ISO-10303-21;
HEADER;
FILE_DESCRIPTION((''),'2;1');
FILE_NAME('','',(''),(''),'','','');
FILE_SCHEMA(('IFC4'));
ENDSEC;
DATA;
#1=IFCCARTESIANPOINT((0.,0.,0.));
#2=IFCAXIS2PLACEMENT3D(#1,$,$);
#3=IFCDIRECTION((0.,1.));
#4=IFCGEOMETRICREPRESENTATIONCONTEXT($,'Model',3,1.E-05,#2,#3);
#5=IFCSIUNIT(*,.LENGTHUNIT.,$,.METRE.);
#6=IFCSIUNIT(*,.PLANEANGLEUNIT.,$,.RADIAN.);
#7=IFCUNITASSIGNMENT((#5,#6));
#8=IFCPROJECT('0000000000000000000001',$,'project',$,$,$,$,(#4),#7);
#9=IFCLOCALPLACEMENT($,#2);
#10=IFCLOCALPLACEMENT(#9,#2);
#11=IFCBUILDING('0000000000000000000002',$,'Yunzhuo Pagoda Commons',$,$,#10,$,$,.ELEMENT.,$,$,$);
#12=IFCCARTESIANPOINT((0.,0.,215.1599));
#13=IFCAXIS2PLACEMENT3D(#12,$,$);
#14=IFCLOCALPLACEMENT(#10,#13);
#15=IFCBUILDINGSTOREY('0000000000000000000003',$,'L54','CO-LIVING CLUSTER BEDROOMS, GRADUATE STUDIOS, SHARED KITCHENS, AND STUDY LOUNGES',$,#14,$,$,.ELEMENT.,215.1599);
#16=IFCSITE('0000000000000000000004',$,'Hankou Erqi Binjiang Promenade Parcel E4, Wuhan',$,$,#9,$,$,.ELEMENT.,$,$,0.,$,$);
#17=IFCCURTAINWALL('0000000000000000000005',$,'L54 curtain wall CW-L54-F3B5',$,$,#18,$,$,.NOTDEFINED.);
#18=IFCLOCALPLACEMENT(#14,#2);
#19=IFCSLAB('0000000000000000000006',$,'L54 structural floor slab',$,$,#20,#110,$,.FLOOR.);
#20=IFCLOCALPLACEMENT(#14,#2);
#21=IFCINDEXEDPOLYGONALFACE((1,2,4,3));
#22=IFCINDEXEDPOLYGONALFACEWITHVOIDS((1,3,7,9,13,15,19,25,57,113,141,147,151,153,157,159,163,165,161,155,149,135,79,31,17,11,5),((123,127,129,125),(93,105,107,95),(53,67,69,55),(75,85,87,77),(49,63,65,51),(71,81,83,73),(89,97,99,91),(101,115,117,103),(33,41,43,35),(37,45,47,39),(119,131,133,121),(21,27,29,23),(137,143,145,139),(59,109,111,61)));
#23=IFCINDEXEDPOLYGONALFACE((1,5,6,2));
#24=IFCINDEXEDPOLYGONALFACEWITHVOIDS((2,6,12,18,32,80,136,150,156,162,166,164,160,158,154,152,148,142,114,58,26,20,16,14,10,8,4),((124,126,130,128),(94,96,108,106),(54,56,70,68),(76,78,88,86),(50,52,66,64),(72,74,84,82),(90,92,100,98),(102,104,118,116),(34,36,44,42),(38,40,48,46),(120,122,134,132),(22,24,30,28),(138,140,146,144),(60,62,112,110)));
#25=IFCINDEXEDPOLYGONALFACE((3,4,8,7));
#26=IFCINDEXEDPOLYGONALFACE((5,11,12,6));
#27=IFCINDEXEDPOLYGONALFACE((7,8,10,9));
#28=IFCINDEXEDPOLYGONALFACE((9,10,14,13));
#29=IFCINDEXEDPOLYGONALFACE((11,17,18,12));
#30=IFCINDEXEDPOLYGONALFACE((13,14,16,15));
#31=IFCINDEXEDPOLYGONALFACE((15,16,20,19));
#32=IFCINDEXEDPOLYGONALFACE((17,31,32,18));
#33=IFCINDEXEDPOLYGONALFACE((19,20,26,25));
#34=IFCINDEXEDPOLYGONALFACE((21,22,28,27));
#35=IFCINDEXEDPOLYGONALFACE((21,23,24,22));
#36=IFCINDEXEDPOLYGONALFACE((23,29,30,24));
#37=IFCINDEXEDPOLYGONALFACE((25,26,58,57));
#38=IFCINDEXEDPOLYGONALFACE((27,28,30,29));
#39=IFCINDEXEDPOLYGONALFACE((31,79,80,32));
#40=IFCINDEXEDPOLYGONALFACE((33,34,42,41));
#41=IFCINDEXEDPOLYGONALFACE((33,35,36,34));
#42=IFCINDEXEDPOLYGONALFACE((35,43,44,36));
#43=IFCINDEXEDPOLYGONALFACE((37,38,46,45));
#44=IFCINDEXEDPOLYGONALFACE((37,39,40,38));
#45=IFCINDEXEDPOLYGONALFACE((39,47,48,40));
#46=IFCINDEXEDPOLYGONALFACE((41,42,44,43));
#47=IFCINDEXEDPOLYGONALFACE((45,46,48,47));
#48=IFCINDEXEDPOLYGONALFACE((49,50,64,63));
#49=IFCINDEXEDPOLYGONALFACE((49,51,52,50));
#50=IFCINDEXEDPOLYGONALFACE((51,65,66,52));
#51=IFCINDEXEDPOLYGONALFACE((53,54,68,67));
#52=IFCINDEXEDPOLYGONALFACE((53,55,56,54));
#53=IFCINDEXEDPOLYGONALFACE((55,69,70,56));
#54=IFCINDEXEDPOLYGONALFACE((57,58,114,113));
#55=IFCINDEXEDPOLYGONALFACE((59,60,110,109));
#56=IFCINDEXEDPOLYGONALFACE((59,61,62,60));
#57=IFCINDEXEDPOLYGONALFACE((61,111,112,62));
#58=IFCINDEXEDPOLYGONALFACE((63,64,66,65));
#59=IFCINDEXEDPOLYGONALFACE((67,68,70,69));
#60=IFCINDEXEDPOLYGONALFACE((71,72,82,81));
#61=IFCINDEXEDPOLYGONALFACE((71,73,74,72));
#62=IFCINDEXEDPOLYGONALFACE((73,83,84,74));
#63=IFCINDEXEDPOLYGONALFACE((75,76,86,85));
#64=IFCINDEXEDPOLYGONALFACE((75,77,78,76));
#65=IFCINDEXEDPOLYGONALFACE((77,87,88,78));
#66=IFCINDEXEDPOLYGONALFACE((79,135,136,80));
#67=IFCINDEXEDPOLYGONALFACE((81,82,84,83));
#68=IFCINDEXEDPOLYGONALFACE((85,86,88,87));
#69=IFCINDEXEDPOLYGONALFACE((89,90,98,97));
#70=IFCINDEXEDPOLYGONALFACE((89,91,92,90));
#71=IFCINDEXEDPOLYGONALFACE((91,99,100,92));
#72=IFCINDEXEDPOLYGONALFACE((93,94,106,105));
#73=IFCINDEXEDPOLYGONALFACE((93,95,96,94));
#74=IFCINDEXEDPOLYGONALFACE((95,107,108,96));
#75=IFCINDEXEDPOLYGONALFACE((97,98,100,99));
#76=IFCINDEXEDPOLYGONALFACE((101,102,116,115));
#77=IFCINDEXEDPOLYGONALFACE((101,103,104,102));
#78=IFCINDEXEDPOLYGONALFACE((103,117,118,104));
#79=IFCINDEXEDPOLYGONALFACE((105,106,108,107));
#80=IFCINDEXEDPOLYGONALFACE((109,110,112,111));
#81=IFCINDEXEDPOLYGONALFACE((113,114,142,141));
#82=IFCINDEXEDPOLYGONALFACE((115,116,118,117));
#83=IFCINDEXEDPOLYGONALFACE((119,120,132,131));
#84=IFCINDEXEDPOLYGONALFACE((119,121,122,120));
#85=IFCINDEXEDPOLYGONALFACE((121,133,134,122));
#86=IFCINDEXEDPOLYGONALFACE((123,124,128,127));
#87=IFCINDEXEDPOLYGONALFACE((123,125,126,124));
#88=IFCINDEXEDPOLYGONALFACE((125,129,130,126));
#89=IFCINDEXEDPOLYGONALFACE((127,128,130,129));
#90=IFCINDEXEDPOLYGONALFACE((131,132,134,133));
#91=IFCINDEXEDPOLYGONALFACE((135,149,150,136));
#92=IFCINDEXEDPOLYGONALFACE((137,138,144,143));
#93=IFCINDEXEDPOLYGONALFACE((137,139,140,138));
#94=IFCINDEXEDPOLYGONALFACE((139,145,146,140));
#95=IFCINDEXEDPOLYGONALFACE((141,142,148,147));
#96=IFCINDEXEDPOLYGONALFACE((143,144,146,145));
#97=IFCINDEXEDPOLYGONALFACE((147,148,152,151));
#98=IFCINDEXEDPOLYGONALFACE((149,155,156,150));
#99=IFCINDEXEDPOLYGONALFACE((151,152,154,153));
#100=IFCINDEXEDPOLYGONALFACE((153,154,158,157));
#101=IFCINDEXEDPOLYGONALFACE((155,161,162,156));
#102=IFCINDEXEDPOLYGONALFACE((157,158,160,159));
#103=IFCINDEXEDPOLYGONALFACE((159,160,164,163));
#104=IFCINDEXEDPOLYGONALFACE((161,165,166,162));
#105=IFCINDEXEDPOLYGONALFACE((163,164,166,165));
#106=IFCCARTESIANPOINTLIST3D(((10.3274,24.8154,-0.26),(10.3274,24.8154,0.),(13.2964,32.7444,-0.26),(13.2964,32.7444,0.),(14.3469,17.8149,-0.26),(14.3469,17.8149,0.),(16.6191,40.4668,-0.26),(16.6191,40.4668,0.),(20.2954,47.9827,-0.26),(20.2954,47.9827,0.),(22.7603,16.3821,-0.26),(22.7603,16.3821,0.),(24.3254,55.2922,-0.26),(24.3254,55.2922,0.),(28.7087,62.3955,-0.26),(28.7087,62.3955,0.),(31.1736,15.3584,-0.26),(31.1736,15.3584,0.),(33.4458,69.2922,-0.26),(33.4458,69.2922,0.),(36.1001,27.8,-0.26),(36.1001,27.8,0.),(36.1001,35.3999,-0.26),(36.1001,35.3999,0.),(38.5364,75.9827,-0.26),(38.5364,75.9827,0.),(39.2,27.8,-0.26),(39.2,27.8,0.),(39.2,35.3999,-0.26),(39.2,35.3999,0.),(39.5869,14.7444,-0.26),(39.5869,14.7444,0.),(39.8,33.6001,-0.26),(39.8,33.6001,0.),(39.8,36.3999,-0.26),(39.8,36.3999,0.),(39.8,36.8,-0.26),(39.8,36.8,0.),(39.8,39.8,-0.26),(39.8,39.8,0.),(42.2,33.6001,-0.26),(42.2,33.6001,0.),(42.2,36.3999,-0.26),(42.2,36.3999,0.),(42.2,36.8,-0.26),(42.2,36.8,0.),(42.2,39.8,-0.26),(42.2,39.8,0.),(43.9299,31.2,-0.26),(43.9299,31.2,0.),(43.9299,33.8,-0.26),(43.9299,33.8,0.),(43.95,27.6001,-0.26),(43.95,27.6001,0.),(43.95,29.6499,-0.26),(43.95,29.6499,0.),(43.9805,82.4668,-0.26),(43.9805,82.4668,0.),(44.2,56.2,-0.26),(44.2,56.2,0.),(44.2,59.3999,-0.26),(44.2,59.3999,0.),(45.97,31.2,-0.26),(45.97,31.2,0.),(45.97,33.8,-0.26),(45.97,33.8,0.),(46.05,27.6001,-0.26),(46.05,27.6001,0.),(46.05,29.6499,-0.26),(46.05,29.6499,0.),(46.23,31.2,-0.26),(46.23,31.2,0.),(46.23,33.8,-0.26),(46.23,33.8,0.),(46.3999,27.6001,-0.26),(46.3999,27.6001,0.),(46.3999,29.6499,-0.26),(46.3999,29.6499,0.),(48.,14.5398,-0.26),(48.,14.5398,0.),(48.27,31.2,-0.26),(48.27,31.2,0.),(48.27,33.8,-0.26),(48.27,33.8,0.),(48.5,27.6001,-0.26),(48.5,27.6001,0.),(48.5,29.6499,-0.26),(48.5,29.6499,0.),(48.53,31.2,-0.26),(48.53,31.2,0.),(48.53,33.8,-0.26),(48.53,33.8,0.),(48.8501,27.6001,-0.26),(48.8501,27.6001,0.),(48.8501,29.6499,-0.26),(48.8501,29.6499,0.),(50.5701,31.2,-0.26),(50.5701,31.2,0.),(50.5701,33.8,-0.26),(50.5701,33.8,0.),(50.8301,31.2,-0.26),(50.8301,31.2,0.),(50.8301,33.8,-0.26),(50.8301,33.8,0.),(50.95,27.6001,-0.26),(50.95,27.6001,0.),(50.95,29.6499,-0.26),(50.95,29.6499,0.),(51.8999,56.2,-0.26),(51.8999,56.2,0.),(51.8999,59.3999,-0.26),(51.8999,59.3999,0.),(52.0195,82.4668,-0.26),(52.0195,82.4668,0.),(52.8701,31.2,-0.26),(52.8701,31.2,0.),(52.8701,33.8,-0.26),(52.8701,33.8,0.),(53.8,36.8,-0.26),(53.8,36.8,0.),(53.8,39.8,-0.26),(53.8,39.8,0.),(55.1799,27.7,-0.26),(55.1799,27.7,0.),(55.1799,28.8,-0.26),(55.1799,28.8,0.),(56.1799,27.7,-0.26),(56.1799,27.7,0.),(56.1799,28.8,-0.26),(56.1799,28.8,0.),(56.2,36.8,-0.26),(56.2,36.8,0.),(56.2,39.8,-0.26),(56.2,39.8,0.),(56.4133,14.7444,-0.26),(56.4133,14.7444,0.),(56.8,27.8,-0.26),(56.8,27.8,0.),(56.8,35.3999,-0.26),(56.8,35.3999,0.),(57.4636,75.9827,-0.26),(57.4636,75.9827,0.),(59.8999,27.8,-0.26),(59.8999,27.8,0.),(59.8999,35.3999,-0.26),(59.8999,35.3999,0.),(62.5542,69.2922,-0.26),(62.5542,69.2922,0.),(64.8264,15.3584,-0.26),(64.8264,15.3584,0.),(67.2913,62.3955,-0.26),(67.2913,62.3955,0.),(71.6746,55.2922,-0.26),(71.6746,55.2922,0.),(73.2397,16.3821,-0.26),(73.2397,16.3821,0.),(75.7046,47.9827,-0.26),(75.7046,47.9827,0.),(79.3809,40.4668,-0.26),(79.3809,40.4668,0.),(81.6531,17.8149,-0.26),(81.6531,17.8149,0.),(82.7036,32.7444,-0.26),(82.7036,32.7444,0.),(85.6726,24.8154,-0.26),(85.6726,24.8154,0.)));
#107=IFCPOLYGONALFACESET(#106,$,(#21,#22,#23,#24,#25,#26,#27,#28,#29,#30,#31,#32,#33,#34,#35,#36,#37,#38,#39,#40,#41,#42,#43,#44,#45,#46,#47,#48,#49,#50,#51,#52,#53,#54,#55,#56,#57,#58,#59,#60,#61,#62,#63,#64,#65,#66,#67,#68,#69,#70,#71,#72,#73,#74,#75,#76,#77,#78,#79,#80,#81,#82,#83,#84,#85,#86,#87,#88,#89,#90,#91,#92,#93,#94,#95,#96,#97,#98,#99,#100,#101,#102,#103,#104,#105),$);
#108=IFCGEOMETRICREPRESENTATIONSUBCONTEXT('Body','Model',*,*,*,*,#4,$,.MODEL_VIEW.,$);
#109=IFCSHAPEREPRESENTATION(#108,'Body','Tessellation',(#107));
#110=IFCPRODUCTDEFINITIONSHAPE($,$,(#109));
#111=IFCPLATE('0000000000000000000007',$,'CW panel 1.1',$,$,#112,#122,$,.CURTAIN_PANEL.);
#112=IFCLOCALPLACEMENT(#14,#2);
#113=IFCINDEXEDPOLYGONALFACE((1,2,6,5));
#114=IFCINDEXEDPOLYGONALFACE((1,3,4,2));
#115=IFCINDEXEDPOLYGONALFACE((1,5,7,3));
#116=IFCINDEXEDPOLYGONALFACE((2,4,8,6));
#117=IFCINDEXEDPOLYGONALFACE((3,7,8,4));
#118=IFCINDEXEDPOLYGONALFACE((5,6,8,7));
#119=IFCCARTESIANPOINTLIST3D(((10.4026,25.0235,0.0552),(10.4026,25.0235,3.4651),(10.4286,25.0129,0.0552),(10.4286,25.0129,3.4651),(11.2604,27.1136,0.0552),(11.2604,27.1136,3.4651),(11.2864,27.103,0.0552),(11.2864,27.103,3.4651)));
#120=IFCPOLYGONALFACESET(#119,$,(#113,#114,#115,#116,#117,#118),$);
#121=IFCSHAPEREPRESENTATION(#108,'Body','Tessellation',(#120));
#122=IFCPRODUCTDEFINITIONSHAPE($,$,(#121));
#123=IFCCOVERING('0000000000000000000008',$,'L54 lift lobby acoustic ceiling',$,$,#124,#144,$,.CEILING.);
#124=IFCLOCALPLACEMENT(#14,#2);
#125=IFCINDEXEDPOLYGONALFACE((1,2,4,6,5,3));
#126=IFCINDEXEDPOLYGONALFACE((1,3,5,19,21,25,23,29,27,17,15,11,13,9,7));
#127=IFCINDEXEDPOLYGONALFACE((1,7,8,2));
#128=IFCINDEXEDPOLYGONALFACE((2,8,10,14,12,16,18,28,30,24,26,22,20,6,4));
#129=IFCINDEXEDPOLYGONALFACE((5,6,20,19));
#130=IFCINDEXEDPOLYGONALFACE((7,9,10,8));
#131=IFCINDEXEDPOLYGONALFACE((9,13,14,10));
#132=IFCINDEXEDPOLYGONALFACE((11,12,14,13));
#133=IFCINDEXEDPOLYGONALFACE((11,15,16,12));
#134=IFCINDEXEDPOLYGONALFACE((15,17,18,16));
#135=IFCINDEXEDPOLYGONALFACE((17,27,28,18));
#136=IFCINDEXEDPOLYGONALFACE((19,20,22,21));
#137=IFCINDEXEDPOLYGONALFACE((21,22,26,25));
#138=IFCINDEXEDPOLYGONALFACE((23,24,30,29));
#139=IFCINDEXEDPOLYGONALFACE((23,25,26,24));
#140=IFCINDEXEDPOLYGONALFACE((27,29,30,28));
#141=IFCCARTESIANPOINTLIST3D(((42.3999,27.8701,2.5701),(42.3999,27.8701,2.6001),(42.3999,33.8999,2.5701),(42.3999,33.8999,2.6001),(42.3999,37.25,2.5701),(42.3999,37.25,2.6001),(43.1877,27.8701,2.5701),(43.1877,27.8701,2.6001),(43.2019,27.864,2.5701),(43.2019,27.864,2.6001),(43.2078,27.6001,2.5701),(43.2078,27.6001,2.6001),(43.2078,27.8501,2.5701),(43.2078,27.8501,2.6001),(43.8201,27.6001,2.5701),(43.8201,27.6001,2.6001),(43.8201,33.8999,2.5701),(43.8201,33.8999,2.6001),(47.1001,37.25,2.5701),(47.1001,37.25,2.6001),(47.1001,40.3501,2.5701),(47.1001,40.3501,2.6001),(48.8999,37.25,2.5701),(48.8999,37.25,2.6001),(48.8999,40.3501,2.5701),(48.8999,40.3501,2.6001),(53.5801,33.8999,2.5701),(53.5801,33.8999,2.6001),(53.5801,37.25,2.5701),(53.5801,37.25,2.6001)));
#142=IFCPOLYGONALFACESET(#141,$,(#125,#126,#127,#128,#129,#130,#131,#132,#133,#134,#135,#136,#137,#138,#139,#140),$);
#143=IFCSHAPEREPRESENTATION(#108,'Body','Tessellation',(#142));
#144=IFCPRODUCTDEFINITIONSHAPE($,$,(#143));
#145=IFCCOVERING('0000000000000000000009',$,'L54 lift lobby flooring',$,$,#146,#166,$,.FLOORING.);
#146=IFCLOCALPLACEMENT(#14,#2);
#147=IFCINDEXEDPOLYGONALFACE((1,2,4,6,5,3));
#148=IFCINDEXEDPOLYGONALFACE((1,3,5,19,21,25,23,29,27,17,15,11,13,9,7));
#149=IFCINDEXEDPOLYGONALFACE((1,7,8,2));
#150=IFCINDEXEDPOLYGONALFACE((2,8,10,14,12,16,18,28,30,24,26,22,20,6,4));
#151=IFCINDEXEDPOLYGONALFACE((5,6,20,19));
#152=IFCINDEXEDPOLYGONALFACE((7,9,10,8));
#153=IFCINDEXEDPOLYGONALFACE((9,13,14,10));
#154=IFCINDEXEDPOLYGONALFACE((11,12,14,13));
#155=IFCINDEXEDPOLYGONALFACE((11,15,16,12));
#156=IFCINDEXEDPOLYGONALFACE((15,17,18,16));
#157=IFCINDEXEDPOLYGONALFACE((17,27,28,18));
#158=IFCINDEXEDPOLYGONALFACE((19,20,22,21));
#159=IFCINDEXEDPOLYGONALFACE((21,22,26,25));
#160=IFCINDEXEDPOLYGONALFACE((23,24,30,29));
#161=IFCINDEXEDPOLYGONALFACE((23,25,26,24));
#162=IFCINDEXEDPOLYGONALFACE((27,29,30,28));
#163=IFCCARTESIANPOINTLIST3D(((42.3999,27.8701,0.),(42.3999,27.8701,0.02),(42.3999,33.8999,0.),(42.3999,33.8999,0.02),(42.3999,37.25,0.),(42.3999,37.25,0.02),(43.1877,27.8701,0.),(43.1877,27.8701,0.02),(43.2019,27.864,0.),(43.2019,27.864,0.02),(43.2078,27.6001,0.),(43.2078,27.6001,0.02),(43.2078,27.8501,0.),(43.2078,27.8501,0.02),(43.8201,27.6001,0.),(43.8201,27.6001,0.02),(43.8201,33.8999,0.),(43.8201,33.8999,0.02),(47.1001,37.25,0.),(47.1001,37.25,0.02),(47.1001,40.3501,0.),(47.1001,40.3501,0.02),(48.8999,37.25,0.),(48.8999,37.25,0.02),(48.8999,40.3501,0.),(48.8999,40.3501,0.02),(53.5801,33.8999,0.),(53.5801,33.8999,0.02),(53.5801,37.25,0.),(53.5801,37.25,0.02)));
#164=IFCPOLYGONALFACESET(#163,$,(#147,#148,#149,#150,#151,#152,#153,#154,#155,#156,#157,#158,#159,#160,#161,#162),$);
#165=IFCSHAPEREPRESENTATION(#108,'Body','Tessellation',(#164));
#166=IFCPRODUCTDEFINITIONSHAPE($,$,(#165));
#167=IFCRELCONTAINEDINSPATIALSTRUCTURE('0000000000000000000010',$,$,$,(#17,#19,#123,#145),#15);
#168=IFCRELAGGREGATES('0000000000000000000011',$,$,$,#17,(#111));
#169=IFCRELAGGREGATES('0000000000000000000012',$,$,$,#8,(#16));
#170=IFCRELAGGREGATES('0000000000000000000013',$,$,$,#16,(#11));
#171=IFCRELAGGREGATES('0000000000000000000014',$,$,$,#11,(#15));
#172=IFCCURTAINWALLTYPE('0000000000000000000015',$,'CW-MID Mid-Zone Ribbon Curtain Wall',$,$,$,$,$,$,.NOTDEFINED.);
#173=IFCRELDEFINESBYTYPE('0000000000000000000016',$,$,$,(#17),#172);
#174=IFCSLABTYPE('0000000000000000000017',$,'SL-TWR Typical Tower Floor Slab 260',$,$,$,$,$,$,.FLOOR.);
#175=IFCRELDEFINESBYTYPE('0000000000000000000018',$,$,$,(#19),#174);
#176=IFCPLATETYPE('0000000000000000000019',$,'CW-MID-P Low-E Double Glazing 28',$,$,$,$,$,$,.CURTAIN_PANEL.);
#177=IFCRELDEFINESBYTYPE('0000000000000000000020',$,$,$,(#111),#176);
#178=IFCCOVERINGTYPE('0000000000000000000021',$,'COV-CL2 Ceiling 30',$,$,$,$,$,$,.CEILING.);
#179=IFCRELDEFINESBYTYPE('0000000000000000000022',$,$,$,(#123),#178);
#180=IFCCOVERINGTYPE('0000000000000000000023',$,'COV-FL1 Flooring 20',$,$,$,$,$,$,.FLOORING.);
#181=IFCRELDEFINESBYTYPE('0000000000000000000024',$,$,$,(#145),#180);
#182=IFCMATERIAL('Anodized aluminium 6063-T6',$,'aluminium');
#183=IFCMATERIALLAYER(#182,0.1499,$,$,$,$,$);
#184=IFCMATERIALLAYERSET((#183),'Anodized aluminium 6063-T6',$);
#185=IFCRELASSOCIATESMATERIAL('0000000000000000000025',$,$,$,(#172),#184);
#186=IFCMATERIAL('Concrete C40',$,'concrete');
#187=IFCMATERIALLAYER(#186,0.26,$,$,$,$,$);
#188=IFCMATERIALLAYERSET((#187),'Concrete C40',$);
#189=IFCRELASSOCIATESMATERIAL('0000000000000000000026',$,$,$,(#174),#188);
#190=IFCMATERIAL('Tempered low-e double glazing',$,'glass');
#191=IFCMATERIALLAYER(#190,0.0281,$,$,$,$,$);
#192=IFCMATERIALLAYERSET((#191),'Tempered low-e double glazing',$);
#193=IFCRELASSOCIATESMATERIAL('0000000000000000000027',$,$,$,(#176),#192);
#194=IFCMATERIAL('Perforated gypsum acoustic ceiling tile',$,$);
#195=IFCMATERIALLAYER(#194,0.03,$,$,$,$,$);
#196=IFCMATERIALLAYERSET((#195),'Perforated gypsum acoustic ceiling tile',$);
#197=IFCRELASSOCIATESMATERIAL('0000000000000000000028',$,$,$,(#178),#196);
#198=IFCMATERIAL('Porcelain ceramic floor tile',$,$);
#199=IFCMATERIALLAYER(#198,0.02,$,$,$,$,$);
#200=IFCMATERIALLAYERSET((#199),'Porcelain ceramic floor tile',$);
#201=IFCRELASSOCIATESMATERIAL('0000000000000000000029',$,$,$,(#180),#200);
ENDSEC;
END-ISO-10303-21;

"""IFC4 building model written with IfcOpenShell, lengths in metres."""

from ifc_helpers import new_model, si_unit, direction, frame, origin, origin_2d, place, context, subcontext, project, spatial, polyline, rectangle, outline, extrude, source, transform, mapped, material, layer, layer_set, type_object, element, aggregate, save


model = new_model("IFC4")

# Units and contexts
model_context = context("Model", 3, precision=1e-05, world=origin(), true_north=direction((0.0, 1.0)))
body_context = subcontext(model_context, "Body", "Model", "MODEL_VIEW")
ifc_project = project(units=[si_unit("LENGTHUNIT", "METRE"), si_unit("PLANEANGLEUNIT", "RADIAN")], contexts=[model_context])

# Site, building, storey
site_placement = place(None, origin())
site = spatial("IfcSite", under=ifc_project, at=site_placement, Name="Hankou Erqi Binjiang Promenade Parcel E4, Wuhan", CompositionType="ELEMENT", RefElevation=0.0)
building_placement = place(site_placement, origin())
building = spatial("IfcBuilding", under=site, at=building_placement, Name="Yunzhuo Pagoda Commons", CompositionType="ELEMENT")
storey_placement = place(building_placement, frame((0.0, 0.0, 215.1599)))
storey = spatial("IfcBuildingStorey", under=building, at=storey_placement, Name="L54", Description="CO-LIVING CLUSTER BEDROOMS, GRADUATE STUDIOS, SHARED KITCHENS, AND STUDY LOUNGES", CompositionType="ELEMENT", Elevation=215.1599)

# Curtain wall
ifc_material_1 = material(Name="Anodized aluminium 6063-T6", Category="aluminium")
ifc_layer_1 = layer(ifc_material_1, 0.1499)
ifc_layer_set_1 = layer_set([ifc_layer_1], Name="Anodized aluminium 6063-T6")
curtain_wall_type = type_object("IfcCurtainWallType", Name="CW-MID Mid-Zone Ribbon Curtain Wall", PredefinedType="NOTDEFINED", material=ifc_layer_set_1)
curtain_wall_1_placement = place(storey_placement, origin())
curtain_wall_1 = element("IfcCurtainWall", 1, at=curtain_wall_1_placement, inside=storey, type_object=curtain_wall_type, Name="L54 curtain wall CW-L54-F3B5", PredefinedType="NOTDEFINED")

# Shared definitions
ifc_material_2 = material(Name="Concrete C40", Category="concrete")

# Slab
ifc_layer_2 = layer(ifc_material_2, 0.26)
ifc_layer_set_2 = layer_set([ifc_layer_2], Name="Concrete C40")
slab_type_1 = type_object("IfcSlabType", Name="SL-TWR Typical Tower Floor Slab 260", PredefinedType="FLOOR", material=ifc_layer_set_2)
slab_1_placement = place(storey_placement, frame((0.0, 0.0, -0.26)))
element("IfcSlab", 2, at=slab_1_placement, inside=storey, type_object=slab_type_1, Name="L54 structural floor slab", PredefinedType="FLOOR", context=body_context, shape_type="SweptSolid", body=[
    extrude(outline(polyline([(13.2964, 32.7444), (16.6191, 40.4668), (20.2954, 47.9827), (24.3254, 55.2922), (28.7087, 62.3955), (33.4458, 69.2922), (38.5364, 75.9827), (43.9805, 82.4668), (52.0195, 82.4668), (57.4636, 75.9827), (62.5542, 69.2922), (67.2913, 62.3955), (71.6746, 55.2922), (75.7046, 47.9827), (79.3809, 40.4668), (82.7036, 32.7444), (85.6726, 24.8154), (81.6531, 17.8149), (73.2397, 16.3821), (64.8264, 15.3584), (56.4133, 14.7444), (48.0, 14.5398), (39.5869, 14.7444), (31.1736, 15.3584), (22.7603, 16.3821), (14.3469, 17.8149), (10.3274, 24.8154), (13.2964, 32.7444)]), holes=[polyline([(46.05, 29.6499), (43.95, 29.6499), (43.95, 27.6001), (46.05, 27.6001), (46.05, 29.6499)]), polyline([(48.5, 27.6001), (48.5, 29.6499), (46.3999, 29.6499), (46.3999, 27.6001), (48.5, 27.6001)]), polyline([(36.1001, 27.8), (39.2, 27.8), (39.2, 35.3999), (36.1001, 35.3999), (36.1001, 27.8)]), polyline([(45.97, 31.2), (45.97, 33.8), (43.9299, 33.8), (43.9299, 31.2), (45.97, 31.2)]), polyline([(48.27, 31.2), (48.27, 33.8), (46.23, 33.8), (46.23, 31.2), (48.27, 31.2)]), polyline([(42.2, 33.6001), (42.2, 36.3999), (39.8, 36.3999), (39.8, 33.6001), (42.2, 33.6001)]), polyline([(42.2, 36.8), (42.2, 39.8), (39.8, 39.8), (39.8, 36.8), (42.2, 36.8)]), polyline([(56.1799, 28.8), (55.1799, 28.8), (55.1799, 27.7), (56.1799, 27.7), (56.1799, 28.8)]), polyline([(50.95, 27.6001), (50.95, 29.6499), (48.8501, 29.6499), (48.8501, 27.6001), (50.95, 27.6001)]), polyline([(56.8, 27.8), (59.8999, 27.8), (59.8999, 35.3999), (56.8, 35.3999), (56.8, 27.8)]), polyline([(50.5701, 31.2), (50.5701, 33.8), (48.53, 33.8), (48.53, 31.2), (50.5701, 31.2)]), polyline([(52.8701, 31.2), (52.8701, 33.8), (50.8301, 33.8), (50.8301, 31.2), (52.8701, 31.2)]), polyline([(56.2, 36.8), (56.2, 39.8), (53.8, 39.8), (53.8, 36.8), (56.2, 36.8)]), polyline([(51.8999, 56.2), (51.8999, 59.3999), (44.2, 59.3999), (44.2, 56.2), (51.8999, 56.2)])]), origin(), (0.0, 0.0, 1.0), 0.26),
])

# Plate
ifc_material_3 = material(Name="Tempered low-e double glazing", Category="glass")
ifc_layer_3 = layer(ifc_material_3, 0.0281)
ifc_layer_set_3 = layer_set([ifc_layer_3], Name="Tempered low-e double glazing")
plate_type = type_object("IfcPlateType", Name="CW-MID-P Low-E Double Glazing 28", PredefinedType="CURTAIN_PANEL", material=ifc_layer_set_3)
shared_shape_1 = source(origin(), body_context, "Body", "SweptSolid", [
    extrude(rectangle(XDim=2.2593, YDim=0.0281, at=origin_2d()), origin(), (0.0, 0.0, 1.0), 3.4099),
])
plate_placement = place(storey_placement, frame((10.8445, 26.0632, 0.0552), z_axis=(0.0, 0.0, 1.0), x_axis=(-0.37968, -0.925118, 0.0)))
plate = element("IfcPlate", 3, at=plate_placement, type_object=plate_type, Name="CW panel 1.1", PredefinedType="CURTAIN_PANEL", context=body_context, shape_type="MappedRepresentation", body=[
    mapped(shared_shape_1, transform((0.0, 0.0, 0.0), scale=1.0)),
])
aggregate(curtain_wall_1, [plate])

# Coverings
ifc_material_4 = material(Name="Perforated gypsum acoustic ceiling tile")
ifc_layer_4 = layer(ifc_material_4, 0.03)
ifc_layer_set_4 = layer_set([ifc_layer_4], Name="Perforated gypsum acoustic ceiling tile")
covering_type_1 = type_object("IfcCoveringType", Name="COV-CL2 Ceiling 30", PredefinedType="CEILING", material=ifc_layer_set_4)
covering_1_placement = place(storey_placement, frame((0.0, 0.0, 2.5701)))
element("IfcCovering", 4, at=covering_1_placement, inside=storey, type_object=covering_type_1, Name="L54 lift lobby acoustic ceiling", PredefinedType="CEILING", context=body_context, shape_type="SweptSolid", body=[
    extrude(outline(polyline([(43.2078, 27.8501), (43.2019, 27.864), (43.1877, 27.8701), (42.3999, 27.8701), (42.3999, 33.8999), (42.3999, 37.25), (47.1001, 37.25), (47.1001, 40.3501), (48.8999, 40.3501), (48.8999, 37.25), (53.5801, 37.25), (53.5801, 33.8999), (43.8201, 33.8999), (43.8201, 27.6001), (43.2078, 27.6001), (43.2078, 27.8501)])), origin(), (0.0, 0.0, 1.0), 0.03),
])
ifc_material_5 = material(Name="Porcelain ceramic floor tile")
ifc_layer_5 = layer(ifc_material_5, 0.02)
ifc_layer_set_5 = layer_set([ifc_layer_5], Name="Porcelain ceramic floor tile")
covering_type_2 = type_object("IfcCoveringType", Name="COV-FL1 Flooring 20", PredefinedType="FLOORING", material=ifc_layer_set_5)
covering_2_placement = place(storey_placement, origin())
element("IfcCovering", 5, at=covering_2_placement, inside=storey, type_object=covering_type_2, Name="L54 lift lobby flooring", PredefinedType="FLOORING", context=body_context, shape_type="SweptSolid", body=[
    extrude(outline(polyline([(43.2078, 27.8501), (43.2019, 27.864), (43.1877, 27.8701), (42.3999, 27.8701), (42.3999, 33.8999), (42.3999, 37.25), (47.1001, 37.25), (47.1001, 40.3501), (48.8999, 40.3501), (48.8999, 37.25), (53.5801, 37.25), (53.5801, 33.8999), (43.8201, 33.8999), (43.8201, 27.6001), (43.2078, 27.6001), (43.2078, 27.8501)])), origin(), (0.0, 0.0, 1.0), 0.02),
])

save(model, "model.ifc")
